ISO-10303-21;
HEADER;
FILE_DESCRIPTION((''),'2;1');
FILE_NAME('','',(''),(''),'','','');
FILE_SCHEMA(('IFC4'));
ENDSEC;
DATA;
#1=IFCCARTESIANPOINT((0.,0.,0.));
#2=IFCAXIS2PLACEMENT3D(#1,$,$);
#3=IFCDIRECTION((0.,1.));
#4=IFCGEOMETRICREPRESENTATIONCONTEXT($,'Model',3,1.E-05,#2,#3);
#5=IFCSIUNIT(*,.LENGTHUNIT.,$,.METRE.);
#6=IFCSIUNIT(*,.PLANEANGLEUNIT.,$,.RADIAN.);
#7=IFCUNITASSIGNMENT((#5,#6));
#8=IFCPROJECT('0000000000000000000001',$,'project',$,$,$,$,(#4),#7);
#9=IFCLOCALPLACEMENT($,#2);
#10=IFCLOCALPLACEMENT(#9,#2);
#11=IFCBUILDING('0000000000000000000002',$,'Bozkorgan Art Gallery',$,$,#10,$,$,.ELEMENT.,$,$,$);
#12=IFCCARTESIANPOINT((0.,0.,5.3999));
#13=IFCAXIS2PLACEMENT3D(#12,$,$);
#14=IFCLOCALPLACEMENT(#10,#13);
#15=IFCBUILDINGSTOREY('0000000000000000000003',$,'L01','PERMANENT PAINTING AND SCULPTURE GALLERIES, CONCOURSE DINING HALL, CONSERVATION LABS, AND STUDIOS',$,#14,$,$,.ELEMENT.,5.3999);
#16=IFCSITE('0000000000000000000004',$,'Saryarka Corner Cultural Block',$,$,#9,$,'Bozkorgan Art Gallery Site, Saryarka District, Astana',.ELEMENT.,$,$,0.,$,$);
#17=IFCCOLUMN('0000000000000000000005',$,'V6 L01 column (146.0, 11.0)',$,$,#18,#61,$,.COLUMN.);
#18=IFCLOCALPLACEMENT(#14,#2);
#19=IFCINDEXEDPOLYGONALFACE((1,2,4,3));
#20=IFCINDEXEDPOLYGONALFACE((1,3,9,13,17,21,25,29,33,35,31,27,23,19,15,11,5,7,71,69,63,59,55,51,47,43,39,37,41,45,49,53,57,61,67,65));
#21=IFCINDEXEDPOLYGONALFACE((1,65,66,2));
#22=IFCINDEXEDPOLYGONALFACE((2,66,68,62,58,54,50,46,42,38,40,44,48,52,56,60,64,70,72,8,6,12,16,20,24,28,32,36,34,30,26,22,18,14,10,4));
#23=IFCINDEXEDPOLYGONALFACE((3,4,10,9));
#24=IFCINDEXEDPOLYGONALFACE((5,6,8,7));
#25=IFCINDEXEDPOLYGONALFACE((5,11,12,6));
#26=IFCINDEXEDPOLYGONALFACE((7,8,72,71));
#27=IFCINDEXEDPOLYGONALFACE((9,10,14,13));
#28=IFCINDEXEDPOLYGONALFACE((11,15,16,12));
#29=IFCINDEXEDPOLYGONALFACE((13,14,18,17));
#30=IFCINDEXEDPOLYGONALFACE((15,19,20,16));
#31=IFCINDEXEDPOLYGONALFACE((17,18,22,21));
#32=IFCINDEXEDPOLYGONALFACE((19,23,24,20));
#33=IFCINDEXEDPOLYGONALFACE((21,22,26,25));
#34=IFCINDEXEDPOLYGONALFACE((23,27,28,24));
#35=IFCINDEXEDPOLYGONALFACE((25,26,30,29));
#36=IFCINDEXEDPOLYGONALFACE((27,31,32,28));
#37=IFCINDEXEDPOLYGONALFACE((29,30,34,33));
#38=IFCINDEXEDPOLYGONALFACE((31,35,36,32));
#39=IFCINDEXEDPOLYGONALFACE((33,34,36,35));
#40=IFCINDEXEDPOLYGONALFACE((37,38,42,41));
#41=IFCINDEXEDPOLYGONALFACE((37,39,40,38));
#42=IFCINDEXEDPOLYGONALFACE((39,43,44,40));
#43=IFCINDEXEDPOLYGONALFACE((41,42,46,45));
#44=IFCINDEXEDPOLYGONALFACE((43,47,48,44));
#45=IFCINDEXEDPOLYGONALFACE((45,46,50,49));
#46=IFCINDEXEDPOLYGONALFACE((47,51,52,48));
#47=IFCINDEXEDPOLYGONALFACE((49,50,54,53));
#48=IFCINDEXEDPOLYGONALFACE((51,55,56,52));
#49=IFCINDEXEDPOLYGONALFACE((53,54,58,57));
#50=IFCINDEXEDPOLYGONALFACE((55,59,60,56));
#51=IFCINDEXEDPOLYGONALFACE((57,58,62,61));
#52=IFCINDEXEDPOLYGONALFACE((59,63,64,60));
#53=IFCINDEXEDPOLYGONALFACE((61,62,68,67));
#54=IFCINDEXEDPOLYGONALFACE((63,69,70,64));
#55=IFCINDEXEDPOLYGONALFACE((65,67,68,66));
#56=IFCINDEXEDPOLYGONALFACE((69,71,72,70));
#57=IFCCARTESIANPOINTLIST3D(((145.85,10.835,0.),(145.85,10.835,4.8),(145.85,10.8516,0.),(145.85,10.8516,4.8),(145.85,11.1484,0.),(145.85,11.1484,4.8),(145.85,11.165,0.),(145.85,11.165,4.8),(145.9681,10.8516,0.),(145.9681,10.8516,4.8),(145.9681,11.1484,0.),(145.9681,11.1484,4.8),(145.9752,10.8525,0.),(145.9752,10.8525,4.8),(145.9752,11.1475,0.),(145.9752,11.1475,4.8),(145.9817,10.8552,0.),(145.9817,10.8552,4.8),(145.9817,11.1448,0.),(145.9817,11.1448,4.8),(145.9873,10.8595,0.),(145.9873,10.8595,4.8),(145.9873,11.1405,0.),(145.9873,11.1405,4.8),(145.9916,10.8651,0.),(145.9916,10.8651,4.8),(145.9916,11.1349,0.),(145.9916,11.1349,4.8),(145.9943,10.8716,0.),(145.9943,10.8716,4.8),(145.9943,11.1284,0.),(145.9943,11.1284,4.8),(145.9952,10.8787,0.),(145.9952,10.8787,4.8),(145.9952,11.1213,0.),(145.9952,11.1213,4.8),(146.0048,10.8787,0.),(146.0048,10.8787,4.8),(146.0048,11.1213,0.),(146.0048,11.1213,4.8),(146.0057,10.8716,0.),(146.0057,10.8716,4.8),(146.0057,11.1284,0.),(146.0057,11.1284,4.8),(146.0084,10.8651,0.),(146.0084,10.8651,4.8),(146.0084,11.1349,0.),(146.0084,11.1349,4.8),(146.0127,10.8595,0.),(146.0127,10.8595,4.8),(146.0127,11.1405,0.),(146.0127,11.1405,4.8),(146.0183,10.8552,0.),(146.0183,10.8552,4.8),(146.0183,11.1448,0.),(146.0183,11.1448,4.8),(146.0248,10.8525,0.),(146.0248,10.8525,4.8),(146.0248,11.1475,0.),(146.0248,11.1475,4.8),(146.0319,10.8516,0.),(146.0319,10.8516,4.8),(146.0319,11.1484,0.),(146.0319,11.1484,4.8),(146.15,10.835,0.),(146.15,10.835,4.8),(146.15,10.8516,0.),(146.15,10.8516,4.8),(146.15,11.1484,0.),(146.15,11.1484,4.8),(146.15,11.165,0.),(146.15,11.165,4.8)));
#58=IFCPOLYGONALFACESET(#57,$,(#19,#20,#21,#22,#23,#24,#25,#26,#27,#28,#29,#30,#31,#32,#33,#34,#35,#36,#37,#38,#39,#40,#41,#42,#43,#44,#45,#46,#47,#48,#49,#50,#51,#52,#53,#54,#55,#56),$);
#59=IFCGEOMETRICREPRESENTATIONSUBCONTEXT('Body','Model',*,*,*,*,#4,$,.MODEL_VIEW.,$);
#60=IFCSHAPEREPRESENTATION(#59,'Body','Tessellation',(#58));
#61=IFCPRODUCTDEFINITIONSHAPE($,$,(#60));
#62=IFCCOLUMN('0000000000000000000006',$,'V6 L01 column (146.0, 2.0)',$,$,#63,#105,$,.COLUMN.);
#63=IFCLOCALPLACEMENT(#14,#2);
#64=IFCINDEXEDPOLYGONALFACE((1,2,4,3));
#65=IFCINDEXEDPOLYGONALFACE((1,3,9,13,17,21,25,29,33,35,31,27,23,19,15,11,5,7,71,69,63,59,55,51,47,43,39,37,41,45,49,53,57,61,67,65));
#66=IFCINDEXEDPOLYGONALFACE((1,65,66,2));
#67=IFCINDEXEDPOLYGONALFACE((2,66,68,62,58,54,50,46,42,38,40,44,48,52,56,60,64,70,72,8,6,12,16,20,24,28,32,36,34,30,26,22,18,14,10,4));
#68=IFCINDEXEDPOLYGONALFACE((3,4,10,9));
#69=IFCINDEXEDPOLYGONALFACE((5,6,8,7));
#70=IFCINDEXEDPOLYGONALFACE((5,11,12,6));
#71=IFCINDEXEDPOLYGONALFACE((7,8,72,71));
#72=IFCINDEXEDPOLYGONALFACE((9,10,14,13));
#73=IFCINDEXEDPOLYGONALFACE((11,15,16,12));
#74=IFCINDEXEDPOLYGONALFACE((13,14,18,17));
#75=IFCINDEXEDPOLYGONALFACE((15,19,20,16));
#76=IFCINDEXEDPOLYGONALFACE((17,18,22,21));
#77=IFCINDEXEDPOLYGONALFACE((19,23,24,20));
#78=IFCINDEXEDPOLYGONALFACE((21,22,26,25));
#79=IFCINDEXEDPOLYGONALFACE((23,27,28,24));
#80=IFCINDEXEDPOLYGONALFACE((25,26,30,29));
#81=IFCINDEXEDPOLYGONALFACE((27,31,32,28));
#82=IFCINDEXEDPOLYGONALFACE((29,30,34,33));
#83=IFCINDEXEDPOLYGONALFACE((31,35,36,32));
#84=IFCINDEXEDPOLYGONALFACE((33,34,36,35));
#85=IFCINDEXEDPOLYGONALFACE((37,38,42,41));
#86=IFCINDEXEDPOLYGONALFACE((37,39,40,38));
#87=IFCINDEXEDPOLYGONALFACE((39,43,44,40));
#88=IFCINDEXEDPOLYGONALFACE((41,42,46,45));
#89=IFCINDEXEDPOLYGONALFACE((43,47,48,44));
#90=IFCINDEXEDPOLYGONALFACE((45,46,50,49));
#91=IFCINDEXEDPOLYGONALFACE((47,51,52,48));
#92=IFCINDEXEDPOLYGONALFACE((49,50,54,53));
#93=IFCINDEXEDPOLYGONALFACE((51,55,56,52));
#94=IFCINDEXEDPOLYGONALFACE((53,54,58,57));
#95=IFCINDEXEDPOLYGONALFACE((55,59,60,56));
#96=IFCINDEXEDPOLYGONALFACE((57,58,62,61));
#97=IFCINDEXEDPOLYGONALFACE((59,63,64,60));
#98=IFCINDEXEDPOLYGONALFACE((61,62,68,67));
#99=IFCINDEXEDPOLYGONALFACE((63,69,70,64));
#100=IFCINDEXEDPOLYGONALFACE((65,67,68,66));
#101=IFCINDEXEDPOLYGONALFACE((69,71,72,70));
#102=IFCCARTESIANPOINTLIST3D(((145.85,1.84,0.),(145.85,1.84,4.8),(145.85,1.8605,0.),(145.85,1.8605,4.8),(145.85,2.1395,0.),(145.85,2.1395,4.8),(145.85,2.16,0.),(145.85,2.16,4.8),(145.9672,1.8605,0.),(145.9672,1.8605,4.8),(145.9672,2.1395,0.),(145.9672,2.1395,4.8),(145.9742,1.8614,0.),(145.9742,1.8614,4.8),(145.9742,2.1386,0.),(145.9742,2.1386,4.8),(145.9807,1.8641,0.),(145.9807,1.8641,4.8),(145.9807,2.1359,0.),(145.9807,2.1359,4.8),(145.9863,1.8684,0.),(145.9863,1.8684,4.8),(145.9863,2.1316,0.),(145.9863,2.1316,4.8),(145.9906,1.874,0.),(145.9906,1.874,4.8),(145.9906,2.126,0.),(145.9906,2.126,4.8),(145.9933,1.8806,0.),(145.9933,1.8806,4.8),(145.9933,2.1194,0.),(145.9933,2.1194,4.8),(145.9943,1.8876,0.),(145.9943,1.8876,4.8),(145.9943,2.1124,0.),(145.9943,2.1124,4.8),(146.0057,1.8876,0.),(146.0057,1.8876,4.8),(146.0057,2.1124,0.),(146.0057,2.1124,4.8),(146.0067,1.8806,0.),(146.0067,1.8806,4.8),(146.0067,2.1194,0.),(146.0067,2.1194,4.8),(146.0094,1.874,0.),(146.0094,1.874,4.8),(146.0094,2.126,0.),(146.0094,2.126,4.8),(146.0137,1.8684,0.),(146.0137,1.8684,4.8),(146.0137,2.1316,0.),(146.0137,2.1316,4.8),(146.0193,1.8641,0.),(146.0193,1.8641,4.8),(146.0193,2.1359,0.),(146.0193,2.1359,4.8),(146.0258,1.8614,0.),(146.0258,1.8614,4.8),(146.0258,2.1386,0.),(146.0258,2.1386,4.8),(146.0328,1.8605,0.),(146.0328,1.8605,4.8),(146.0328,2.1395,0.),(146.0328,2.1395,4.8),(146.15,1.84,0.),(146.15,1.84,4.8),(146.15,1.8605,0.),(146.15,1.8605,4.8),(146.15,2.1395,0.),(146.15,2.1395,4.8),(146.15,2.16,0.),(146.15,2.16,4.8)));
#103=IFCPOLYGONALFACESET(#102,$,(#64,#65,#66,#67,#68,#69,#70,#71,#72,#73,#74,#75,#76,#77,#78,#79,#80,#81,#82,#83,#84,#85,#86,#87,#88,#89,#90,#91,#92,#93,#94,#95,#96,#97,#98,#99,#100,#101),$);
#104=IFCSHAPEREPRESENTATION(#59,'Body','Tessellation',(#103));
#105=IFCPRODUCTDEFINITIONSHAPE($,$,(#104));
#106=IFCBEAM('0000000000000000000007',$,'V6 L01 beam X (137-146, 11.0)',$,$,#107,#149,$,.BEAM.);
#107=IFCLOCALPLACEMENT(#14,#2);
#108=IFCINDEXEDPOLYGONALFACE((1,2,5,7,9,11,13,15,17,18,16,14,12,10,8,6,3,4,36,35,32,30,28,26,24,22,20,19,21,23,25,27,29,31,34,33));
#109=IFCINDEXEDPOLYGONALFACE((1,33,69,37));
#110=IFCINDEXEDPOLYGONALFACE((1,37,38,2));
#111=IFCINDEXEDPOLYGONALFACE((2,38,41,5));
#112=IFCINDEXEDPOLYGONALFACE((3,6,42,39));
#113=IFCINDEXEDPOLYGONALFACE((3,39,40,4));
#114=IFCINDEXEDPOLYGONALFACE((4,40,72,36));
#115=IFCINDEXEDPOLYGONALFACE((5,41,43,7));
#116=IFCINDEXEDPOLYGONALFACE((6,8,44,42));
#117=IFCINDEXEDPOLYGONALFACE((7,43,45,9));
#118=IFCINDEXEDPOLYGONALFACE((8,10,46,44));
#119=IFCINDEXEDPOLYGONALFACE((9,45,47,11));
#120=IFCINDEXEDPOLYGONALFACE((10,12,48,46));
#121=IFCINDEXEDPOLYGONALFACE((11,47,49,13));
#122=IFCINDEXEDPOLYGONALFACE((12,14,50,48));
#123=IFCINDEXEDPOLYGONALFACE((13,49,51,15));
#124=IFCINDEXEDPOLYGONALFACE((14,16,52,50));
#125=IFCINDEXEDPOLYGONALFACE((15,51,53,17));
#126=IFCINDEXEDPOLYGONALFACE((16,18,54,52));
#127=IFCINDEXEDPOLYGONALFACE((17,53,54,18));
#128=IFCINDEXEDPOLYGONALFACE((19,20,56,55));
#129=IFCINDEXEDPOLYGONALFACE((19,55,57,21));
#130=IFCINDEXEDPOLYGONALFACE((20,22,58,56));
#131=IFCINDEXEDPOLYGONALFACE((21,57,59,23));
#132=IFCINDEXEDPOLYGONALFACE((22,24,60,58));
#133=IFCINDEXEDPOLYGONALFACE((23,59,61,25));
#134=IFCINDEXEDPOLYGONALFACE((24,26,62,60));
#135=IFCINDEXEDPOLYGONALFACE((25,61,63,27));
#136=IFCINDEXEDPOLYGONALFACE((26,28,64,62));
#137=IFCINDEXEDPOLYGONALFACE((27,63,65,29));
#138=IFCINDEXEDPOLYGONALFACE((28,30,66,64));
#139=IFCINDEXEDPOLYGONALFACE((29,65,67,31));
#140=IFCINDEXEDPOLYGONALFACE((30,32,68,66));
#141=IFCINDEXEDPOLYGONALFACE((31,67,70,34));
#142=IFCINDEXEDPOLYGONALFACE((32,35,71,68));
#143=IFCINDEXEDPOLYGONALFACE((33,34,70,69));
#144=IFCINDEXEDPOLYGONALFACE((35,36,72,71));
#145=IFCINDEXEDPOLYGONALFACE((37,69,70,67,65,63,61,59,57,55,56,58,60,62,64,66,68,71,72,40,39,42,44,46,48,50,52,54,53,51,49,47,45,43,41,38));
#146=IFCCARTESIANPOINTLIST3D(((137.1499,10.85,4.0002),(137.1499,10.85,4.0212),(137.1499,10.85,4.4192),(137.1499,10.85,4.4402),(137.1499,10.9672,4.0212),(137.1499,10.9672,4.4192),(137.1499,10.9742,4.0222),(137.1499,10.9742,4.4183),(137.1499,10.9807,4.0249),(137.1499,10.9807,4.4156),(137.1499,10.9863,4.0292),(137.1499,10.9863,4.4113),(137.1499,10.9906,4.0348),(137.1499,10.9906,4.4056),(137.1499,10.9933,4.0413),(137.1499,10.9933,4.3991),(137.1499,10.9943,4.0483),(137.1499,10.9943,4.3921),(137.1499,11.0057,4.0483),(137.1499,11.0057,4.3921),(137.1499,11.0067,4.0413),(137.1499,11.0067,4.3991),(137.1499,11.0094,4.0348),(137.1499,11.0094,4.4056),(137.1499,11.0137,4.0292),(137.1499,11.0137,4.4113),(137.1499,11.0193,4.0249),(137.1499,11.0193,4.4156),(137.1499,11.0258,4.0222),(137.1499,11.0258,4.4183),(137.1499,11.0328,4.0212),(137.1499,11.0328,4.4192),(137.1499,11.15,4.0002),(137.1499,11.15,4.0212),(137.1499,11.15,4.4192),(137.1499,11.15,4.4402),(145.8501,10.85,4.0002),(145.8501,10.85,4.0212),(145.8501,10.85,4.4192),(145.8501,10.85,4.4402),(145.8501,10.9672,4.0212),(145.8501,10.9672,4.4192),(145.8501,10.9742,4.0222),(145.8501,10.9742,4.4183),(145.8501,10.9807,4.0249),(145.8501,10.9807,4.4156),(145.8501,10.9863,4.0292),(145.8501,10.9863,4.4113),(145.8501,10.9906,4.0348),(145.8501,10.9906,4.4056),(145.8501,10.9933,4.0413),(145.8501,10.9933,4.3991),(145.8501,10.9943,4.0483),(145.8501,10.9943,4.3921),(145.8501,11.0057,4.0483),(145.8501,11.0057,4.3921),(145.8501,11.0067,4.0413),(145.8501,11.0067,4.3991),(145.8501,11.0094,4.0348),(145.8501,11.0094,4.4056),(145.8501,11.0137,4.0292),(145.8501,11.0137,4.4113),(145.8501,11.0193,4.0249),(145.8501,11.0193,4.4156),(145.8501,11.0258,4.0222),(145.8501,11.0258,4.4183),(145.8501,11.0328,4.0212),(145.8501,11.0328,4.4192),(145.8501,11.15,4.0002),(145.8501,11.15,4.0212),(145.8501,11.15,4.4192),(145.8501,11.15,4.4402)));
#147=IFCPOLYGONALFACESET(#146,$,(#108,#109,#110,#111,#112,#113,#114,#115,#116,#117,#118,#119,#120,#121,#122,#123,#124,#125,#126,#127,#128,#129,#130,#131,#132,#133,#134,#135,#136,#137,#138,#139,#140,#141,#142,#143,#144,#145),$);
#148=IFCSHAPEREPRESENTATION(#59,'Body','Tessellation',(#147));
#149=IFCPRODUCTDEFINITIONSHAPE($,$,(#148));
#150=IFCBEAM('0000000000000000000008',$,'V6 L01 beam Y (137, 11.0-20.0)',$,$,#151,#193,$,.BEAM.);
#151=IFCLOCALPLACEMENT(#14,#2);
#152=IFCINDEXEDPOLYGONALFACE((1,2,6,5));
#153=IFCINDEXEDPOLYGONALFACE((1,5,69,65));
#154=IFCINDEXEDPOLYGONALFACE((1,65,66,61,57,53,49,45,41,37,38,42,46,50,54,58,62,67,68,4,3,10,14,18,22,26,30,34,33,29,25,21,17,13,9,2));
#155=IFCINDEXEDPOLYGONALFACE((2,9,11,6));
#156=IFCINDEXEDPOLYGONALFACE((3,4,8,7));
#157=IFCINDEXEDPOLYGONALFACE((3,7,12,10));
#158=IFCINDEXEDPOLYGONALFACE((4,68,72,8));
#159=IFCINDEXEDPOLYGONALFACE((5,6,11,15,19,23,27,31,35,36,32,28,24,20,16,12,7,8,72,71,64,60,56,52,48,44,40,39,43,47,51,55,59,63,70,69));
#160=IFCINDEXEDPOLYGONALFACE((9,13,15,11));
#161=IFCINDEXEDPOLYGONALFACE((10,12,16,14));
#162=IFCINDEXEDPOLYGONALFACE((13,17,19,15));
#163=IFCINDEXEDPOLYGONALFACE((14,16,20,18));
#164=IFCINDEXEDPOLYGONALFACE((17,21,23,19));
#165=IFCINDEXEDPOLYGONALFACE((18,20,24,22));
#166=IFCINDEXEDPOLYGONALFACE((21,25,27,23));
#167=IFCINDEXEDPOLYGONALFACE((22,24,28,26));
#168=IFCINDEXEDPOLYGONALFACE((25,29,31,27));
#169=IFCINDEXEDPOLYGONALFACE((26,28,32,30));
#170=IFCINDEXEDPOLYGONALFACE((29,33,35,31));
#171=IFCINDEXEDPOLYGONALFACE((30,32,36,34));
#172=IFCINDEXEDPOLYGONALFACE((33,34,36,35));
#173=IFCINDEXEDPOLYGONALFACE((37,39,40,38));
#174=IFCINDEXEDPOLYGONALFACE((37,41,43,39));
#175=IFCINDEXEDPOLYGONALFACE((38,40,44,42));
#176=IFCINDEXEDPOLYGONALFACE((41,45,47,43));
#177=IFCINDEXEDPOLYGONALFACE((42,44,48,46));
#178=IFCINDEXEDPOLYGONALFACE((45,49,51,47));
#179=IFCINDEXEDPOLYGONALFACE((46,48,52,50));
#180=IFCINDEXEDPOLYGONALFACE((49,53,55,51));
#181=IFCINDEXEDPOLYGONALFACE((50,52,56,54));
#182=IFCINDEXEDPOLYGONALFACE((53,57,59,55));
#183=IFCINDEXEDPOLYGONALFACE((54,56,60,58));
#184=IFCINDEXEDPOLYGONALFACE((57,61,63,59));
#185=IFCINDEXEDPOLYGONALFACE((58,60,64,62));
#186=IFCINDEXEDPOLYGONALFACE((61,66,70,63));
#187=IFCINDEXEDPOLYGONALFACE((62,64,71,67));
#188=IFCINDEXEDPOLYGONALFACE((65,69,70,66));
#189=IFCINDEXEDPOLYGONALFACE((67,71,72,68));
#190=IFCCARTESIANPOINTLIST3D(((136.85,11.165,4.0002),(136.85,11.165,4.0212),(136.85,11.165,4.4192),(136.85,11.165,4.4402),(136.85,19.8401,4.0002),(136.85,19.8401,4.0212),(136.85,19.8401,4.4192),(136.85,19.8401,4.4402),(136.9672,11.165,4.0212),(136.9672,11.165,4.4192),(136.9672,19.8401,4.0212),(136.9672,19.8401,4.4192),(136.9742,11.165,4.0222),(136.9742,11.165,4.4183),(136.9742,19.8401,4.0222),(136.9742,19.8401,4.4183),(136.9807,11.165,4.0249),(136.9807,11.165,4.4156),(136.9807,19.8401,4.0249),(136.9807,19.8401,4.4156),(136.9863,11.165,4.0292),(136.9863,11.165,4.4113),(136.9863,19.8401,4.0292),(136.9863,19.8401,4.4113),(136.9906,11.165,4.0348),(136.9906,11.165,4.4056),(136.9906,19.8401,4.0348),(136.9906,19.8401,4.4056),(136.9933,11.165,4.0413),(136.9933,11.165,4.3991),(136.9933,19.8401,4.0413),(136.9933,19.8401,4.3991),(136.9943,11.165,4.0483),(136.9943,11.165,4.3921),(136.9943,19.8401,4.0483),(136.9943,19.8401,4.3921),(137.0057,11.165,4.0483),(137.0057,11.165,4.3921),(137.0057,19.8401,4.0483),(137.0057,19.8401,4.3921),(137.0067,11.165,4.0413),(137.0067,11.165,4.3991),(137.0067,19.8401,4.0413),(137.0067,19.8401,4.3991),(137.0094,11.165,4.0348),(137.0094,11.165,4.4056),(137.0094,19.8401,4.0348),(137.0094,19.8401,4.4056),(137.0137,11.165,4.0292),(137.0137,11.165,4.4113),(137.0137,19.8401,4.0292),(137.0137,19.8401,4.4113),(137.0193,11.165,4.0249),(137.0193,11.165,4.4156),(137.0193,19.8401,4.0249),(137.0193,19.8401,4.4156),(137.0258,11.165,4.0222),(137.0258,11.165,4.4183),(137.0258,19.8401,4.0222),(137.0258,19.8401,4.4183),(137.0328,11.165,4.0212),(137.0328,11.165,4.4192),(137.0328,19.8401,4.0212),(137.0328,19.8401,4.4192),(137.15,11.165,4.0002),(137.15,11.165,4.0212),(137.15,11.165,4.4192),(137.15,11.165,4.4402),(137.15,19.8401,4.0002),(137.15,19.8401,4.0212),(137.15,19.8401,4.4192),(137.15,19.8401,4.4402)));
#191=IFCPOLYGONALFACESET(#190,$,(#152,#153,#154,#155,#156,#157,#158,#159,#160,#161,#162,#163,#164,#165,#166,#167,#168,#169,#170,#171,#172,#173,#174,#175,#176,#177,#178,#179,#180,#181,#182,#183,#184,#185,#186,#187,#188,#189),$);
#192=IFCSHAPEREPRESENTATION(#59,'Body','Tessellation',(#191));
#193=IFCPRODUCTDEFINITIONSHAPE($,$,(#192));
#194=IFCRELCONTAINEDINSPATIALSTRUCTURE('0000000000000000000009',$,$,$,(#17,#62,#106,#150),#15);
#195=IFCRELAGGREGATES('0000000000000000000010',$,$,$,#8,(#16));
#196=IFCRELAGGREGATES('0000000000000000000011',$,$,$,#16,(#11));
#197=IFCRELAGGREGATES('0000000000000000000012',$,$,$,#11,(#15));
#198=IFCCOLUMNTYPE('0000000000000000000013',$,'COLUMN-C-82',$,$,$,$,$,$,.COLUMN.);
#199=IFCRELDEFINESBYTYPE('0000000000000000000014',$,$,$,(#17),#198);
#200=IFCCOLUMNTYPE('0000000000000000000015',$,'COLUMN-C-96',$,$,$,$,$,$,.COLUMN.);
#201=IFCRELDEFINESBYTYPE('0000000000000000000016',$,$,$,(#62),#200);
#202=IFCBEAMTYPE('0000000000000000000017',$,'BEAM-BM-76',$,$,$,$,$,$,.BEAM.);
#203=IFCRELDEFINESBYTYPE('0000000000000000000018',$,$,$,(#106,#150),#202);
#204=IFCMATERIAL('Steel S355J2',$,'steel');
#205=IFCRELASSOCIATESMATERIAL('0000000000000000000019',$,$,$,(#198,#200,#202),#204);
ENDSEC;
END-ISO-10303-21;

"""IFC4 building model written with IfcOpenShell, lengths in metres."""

from ifc_helpers import new_model, si_unit, direction, frame, origin, origin_2d, place, context, subcontext, project, spatial, i_section, extrude, material, material_profile, profile_set, type_object, element, save


model = new_model("IFC4")

# Units and contexts
model_context = context("Model", 3, precision=1e-05, world=origin(), true_north=direction((0.0, 1.0)))
body_context = subcontext(model_context, "Body", "Model", "MODEL_VIEW")
ifc_project = project(units=[si_unit("LENGTHUNIT", "METRE"), si_unit("PLANEANGLEUNIT", "RADIAN")], contexts=[model_context])

# Site, building, storey
site_placement = place(None, origin())
site = spatial("IfcSite", under=ifc_project, at=site_placement, Name="Saryarka Corner Cultural Block", LongName="Bozkorgan Art Gallery Site, Saryarka District, Astana", CompositionType="ELEMENT", RefElevation=0.0)
building_placement = place(site_placement, origin())
building = spatial("IfcBuilding", under=site, at=building_placement, Name="Bozkorgan Art Gallery", CompositionType="ELEMENT")
storey_placement = place(building_placement, frame((0.0, 0.0, 5.3999)))
storey = spatial("IfcBuildingStorey", under=building, at=storey_placement, Name="L01", Description="PERMANENT PAINTING AND SCULPTURE GALLERIES, CONCOURSE DINING HALL, CONSERVATION LABS, AND STUDIOS", CompositionType="ELEMENT", Elevation=5.3999)

# Columns
ifc_material_1 = material(Name="Steel S355J2", Category="steel")
ifc_material_profile_1 = material_profile(ifc_material_1, i_section(OverallWidth=0.3, OverallDepth=0.3301, WebThickness=0.0095, FlangeThickness=0.0166, FilletRadius=0.0271, at=origin_2d()), Name="HEA 340")
ifc_profile_set_1 = profile_set([ifc_material_profile_1], Name="Steel S355J2")
column_type_1 = type_object("IfcColumnType", Name="COLUMN-C-82", PredefinedType="COLUMN", material=ifc_profile_set_1)
column_1_placement = place(storey_placement, frame((146.0, 11.0, 0.0), z_axis=(0.0, 0.0, 1.0), x_axis=(1.0, 0.0, 0.0)))
element("IfcColumn", 1, at=column_1_placement, inside=storey, type_object=column_type_1, Name="V6 L01 column (146.0, 11.0)", PredefinedType="COLUMN", context=body_context, shape_type="SweptSolid", body=[
    extrude(i_section(OverallWidth=0.3, OverallDepth=0.3301, WebThickness=0.0095, FlangeThickness=0.0166, FilletRadius=0.0271, at=origin_2d()), origin(), (0.0, 0.0, 1.0), 4.8),
])
ifc_material_profile_2 = material_profile(ifc_material_1, i_section(OverallWidth=0.3, OverallDepth=0.3201, WebThickness=0.0115, FlangeThickness=0.0205, FilletRadius=0.0271, at=origin_2d()), Name="HEB 320")
ifc_profile_set_2 = profile_set([ifc_material_profile_2], Name="Steel S355J2")
column_type_2 = type_object("IfcColumnType", Name="COLUMN-C-96", PredefinedType="COLUMN", material=ifc_profile_set_2)
column_2_placement = place(storey_placement, frame((146.0, 2.0, 0.0), z_axis=(0.0, 0.0, 1.0), x_axis=(1.0, 0.0, 0.0)))
element("IfcColumn", 2, at=column_2_placement, inside=storey, type_object=column_type_2, Name="V6 L01 column (146.0, 2.0)", PredefinedType="COLUMN", context=body_context, shape_type="SweptSolid", body=[
    extrude(i_section(OverallWidth=0.3, OverallDepth=0.3201, WebThickness=0.0115, FlangeThickness=0.0205, FilletRadius=0.0271, at=origin_2d()), origin(), (0.0, 0.0, 1.0), 4.8),
])

# Beams
ifc_material_profile_3 = material_profile(ifc_material_1, i_section(OverallWidth=0.3, OverallDepth=0.4399, WebThickness=0.0115, FlangeThickness=0.021, FilletRadius=0.0271, at=origin_2d()), Name="HEA 450")
ifc_profile_set_3 = profile_set([ifc_material_profile_3], Name="Steel S355J2")
beam_type_1 = type_object("IfcBeamType", Name="BEAM-BM-76", PredefinedType="BEAM", material=ifc_profile_set_3)
beam_1_placement = place(storey_placement, frame((137.1499, 11.0, 4.2202), z_axis=(1.0, 0.0, 0.0), x_axis=(0.0, 1.0, 0.0)))
element("IfcBeam", 3, at=beam_1_placement, inside=storey, type_object=beam_type_1, Name="V6 L01 beam X (137-146, 11.0)", PredefinedType="BEAM", context=body_context, shape_type="SweptSolid", body=[
    extrude(i_section(OverallWidth=0.3, OverallDepth=0.4399, WebThickness=0.0115, FlangeThickness=0.021, FilletRadius=0.0271, at=origin_2d()), origin(), (0.0, 0.0, 1.0), 8.7002),
])
for number, where, z_axis, x_axis, name in (
    (4, (137.0, 11.165, 4.2202), (0.0, 1.0, 0.0), (-1.0, 0.0, 0.0), "V6 L01 beam Y (137, 11.0-20.0)"),
):
    element("IfcBeam", number, at=place(storey_placement, frame(where, z_axis=z_axis, x_axis=x_axis)), inside=storey, type_object=beam_type_1, Name=name, PredefinedType="BEAM", context=body_context, shape_type="SweptSolid", body=[
        extrude(i_section(OverallWidth=0.3, OverallDepth=0.4399, WebThickness=0.0115, FlangeThickness=0.021, FilletRadius=0.0271, at=origin_2d()), origin(), (0.0, 0.0, 1.0), 8.675),
    ])

save(model, "model.ifc")
